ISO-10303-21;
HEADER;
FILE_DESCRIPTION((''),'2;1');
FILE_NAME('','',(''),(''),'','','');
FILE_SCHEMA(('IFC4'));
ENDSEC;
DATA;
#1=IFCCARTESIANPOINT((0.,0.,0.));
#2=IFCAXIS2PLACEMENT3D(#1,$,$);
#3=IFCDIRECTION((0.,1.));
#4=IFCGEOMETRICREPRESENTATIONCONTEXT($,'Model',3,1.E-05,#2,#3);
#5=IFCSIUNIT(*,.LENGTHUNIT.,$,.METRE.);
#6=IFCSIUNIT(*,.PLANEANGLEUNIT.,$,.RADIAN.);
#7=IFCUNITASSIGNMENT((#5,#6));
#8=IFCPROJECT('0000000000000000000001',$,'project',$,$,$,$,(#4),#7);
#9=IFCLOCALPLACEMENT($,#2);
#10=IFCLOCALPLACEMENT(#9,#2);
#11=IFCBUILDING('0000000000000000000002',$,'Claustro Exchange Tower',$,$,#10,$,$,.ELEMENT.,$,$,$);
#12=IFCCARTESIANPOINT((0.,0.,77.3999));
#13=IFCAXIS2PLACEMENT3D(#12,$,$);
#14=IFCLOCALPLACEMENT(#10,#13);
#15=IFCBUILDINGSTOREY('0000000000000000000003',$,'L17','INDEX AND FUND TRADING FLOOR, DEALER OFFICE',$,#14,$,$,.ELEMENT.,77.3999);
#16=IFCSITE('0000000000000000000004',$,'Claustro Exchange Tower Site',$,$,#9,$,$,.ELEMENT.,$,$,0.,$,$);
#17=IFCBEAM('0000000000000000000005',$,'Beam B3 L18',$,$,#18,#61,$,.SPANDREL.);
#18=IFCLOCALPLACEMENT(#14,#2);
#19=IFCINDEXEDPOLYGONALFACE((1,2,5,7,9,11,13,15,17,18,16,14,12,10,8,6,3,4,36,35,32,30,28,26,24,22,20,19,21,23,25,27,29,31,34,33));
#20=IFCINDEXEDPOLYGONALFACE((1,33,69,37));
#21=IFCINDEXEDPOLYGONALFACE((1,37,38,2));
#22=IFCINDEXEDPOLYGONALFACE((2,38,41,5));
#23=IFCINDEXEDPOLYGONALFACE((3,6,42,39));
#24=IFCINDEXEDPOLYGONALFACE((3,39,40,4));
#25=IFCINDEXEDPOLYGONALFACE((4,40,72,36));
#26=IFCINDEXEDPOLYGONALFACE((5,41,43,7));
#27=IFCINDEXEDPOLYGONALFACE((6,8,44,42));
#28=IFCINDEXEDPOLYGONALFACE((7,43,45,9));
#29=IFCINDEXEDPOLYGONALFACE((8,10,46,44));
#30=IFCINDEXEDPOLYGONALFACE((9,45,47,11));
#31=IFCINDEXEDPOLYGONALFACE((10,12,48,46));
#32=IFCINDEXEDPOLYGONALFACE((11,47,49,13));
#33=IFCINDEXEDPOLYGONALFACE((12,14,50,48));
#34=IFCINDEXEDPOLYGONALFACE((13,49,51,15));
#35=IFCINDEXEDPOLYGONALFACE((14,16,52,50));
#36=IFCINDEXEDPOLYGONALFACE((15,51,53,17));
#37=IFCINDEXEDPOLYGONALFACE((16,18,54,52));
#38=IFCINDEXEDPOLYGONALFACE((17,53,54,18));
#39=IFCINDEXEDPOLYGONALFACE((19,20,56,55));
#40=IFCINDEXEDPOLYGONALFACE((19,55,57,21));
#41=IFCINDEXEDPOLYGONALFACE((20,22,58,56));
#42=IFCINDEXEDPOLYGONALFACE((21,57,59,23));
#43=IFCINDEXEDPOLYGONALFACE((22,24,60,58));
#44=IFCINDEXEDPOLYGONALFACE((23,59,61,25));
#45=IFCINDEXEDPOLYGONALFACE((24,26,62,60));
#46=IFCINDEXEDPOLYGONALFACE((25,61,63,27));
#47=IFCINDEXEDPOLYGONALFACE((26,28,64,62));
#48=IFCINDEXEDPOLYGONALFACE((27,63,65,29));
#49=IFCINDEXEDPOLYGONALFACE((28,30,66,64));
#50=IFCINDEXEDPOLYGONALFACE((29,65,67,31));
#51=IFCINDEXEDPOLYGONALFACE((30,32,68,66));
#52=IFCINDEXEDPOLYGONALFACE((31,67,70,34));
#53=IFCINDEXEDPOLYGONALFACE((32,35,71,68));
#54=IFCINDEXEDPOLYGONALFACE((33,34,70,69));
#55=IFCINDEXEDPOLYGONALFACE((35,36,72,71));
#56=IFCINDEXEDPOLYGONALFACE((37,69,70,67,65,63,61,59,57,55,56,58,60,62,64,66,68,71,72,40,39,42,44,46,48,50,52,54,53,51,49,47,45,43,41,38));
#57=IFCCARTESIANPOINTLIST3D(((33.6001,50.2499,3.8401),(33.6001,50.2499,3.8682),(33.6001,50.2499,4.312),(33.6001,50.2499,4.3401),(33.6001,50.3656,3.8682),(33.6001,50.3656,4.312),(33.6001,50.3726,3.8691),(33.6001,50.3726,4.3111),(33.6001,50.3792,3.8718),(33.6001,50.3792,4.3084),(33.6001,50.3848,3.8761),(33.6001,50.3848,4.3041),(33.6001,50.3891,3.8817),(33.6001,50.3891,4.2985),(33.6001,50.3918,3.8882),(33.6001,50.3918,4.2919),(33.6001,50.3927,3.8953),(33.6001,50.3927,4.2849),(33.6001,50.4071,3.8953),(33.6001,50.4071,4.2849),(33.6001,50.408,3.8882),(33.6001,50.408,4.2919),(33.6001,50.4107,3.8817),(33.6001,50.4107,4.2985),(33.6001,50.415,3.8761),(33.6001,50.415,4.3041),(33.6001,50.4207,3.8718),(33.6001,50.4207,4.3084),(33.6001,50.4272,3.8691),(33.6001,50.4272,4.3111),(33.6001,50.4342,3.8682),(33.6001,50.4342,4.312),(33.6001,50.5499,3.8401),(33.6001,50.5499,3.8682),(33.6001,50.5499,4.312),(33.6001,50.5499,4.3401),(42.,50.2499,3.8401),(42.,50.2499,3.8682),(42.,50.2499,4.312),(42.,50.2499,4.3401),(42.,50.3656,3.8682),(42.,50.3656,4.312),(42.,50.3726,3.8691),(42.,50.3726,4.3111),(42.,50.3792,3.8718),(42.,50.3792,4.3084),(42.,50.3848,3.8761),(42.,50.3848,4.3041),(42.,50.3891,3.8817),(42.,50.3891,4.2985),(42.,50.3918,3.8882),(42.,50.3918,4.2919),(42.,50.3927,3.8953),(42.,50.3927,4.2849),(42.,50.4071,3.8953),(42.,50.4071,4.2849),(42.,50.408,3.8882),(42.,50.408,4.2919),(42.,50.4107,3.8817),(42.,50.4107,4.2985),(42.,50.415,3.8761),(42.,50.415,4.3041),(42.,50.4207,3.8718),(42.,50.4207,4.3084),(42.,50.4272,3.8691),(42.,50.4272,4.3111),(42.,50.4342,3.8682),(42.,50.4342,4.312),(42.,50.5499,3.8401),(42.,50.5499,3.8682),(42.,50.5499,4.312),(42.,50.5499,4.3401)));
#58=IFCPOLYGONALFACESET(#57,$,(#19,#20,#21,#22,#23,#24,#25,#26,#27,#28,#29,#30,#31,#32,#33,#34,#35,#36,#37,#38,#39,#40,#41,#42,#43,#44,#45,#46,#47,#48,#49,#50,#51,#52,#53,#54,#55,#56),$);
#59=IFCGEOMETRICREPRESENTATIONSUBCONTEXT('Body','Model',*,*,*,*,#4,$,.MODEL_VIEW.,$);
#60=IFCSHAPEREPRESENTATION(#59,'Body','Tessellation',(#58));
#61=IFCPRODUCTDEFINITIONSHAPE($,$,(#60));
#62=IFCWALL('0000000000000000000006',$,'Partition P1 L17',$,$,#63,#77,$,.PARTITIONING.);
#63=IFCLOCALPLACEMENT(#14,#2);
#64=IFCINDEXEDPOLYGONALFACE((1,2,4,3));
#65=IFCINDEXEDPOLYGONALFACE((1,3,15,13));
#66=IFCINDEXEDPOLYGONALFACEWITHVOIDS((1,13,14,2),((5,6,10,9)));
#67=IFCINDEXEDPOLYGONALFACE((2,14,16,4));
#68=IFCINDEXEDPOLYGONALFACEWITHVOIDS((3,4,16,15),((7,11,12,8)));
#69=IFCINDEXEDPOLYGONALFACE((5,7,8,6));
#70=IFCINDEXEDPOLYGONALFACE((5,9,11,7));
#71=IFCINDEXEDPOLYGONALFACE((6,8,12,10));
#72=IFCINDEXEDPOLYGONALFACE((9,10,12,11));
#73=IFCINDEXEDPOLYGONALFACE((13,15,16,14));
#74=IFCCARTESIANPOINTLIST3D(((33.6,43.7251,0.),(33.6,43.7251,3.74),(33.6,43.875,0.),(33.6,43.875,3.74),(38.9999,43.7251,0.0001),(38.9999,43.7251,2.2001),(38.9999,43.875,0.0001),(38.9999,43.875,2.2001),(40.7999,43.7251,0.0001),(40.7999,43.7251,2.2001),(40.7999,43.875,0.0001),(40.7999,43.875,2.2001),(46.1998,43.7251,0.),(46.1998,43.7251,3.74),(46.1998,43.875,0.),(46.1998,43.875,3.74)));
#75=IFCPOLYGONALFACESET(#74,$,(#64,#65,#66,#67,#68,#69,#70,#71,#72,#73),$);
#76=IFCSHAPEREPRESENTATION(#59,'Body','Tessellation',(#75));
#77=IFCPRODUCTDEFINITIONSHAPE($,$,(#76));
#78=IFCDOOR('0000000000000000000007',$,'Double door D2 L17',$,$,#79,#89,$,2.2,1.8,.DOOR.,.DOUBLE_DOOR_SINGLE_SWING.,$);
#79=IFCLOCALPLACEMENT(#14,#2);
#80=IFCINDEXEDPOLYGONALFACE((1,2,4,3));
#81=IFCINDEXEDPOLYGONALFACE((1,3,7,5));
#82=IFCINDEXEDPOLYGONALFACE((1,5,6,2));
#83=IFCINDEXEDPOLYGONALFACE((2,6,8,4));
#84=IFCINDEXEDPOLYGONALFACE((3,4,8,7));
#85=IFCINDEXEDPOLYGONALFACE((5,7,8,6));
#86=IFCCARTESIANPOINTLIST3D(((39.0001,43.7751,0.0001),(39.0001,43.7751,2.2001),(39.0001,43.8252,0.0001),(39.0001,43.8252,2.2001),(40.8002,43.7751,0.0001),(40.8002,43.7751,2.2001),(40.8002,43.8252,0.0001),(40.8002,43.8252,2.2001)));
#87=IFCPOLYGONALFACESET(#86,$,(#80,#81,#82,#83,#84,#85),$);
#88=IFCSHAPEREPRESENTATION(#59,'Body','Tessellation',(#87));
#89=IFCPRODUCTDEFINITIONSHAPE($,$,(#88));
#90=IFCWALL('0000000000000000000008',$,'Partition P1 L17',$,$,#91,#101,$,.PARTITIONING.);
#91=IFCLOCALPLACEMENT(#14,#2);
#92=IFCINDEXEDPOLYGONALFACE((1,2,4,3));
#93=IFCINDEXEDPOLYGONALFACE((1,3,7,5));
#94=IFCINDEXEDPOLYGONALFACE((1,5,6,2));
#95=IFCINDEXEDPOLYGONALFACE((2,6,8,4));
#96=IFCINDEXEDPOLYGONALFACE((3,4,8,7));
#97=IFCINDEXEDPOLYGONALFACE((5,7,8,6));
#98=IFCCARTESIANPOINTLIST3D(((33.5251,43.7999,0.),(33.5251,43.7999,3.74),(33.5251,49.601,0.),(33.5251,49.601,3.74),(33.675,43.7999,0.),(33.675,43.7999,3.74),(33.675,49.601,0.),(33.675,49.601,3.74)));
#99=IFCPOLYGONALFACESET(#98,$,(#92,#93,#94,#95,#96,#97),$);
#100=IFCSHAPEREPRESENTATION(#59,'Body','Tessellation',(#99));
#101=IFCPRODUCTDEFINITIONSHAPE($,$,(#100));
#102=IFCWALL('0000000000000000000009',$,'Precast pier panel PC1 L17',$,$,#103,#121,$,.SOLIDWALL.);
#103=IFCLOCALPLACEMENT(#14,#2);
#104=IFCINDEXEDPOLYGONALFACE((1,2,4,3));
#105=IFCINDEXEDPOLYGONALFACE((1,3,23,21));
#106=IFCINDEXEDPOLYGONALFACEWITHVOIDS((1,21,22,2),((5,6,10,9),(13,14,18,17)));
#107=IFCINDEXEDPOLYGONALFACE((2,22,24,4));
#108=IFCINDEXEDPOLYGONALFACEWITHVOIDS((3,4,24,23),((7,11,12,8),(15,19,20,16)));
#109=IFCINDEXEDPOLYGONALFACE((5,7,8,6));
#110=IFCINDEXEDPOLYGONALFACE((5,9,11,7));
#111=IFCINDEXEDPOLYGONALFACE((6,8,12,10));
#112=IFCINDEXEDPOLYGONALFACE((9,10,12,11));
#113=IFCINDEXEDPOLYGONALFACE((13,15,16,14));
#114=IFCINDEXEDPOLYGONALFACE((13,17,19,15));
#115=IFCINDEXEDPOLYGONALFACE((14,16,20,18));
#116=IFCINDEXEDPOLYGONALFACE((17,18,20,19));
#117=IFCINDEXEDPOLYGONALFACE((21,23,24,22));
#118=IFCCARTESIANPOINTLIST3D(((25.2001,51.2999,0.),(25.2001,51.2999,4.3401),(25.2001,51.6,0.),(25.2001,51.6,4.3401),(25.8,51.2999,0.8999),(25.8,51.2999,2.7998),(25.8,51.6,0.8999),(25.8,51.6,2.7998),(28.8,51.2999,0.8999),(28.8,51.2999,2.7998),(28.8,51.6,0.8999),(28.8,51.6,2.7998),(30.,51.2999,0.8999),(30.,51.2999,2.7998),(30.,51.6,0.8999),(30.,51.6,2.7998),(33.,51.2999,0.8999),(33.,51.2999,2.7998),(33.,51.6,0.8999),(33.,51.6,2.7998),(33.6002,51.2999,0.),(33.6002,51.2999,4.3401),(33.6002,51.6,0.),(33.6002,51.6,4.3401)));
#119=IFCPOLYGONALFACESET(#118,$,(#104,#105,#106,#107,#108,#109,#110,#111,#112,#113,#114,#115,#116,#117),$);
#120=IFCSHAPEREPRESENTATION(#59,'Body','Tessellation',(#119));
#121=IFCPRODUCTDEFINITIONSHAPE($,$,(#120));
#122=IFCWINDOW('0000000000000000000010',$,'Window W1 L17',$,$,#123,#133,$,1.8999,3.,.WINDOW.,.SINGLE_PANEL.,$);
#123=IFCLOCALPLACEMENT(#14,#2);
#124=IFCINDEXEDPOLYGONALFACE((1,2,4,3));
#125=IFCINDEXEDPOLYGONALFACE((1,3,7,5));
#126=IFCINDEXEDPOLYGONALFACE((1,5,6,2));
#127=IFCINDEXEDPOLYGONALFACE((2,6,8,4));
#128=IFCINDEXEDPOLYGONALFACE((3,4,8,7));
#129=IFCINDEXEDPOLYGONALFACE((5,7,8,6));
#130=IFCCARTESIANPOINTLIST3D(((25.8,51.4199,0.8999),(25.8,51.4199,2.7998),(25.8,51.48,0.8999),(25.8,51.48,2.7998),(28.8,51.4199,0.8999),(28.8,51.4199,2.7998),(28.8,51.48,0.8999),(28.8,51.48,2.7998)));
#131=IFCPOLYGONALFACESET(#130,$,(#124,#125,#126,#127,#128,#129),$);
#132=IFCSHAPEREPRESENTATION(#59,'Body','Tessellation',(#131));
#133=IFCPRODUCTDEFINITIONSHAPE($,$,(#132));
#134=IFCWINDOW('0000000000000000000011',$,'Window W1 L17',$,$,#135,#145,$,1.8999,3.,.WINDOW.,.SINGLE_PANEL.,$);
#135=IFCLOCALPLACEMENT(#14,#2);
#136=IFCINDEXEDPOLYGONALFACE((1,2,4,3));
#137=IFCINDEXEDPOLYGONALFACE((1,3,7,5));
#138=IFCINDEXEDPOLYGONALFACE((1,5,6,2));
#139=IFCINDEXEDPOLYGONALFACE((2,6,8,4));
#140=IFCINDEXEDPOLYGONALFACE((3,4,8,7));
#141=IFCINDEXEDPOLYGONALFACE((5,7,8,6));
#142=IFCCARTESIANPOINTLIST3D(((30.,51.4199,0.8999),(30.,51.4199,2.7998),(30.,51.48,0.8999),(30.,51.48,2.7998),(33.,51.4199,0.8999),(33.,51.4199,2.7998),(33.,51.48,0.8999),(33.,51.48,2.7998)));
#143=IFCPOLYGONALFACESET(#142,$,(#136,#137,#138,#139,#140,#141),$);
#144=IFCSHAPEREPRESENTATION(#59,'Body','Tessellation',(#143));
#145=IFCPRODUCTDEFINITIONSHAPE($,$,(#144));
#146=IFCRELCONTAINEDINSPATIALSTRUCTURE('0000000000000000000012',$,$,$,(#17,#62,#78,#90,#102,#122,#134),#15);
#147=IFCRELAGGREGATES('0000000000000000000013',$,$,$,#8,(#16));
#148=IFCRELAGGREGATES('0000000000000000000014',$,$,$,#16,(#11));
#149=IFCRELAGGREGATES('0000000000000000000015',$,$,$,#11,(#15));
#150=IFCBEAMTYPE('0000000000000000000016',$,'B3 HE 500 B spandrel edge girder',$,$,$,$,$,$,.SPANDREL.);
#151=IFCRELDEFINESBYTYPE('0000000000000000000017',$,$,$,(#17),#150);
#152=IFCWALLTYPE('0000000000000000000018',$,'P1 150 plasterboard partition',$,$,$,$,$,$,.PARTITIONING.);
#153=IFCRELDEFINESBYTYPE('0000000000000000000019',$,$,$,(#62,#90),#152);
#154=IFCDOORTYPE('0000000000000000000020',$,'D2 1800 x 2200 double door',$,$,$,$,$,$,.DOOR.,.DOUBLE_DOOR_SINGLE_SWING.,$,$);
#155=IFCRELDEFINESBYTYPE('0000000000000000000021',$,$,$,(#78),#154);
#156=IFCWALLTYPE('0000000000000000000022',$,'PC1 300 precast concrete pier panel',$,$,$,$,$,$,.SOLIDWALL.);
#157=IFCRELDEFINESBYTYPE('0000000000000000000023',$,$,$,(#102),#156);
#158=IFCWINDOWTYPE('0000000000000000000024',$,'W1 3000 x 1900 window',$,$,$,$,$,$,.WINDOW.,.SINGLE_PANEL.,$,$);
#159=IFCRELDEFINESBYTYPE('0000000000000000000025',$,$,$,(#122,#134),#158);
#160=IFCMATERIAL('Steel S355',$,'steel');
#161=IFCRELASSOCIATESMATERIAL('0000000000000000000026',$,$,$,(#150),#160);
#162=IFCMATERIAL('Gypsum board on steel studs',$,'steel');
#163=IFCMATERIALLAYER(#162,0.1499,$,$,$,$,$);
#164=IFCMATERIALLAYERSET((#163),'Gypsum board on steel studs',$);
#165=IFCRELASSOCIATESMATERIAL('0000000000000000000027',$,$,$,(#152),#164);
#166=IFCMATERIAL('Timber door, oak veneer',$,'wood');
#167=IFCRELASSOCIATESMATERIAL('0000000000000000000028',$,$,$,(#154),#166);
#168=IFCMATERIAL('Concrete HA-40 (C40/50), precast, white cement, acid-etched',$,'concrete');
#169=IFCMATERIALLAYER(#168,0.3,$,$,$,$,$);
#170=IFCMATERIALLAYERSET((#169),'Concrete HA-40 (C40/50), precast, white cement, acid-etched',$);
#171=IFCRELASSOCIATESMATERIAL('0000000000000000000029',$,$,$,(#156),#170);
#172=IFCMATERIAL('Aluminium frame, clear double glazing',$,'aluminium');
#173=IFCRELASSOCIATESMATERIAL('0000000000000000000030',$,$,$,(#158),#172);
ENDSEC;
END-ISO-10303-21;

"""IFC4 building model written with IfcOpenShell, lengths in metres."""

from ifc_helpers import new_model, si_unit, direction, frame, frame_2d, origin, origin_2d, place, context, subcontext, project, spatial, rectangle, i_section, extrude, material, layer, layer_set, material_profile, profile_set, type_object, element, fill, save


model = new_model("IFC4")

# Units and contexts
model_context = context("Model", 3, precision=1e-05, world=origin(), true_north=direction((0.0, 1.0)))
body_context = subcontext(model_context, "Body", "Model", "MODEL_VIEW")
ifc_project = project(units=[si_unit("LENGTHUNIT", "METRE"), si_unit("PLANEANGLEUNIT", "RADIAN")], contexts=[model_context])

# Site, building, storey
site_placement = place(None, origin())
site = spatial("IfcSite", under=ifc_project, at=site_placement, Name="Claustro Exchange Tower Site", CompositionType="ELEMENT", RefElevation=0.0)
building_placement = place(site_placement, origin())
building = spatial("IfcBuilding", under=site, at=building_placement, Name="Claustro Exchange Tower", CompositionType="ELEMENT")
storey_placement = place(building_placement, frame((0.0, 0.0, 77.3999)))
storey = spatial("IfcBuildingStorey", under=building, at=storey_placement, Name="L17", Description="INDEX AND FUND TRADING FLOOR, DEALER OFFICE", CompositionType="ELEMENT", Elevation=77.3999)

# Beam
ifc_material_1 = material(Name="Steel S355", Category="steel")
ifc_material_profile_1 = material_profile(ifc_material_1, i_section(OverallWidth=0.3, OverallDepth=0.5, WebThickness=0.0144, FlangeThickness=0.0281, FilletRadius=0.0271, at=origin_2d()), Name="HE 500 B")
ifc_profile_set_1 = profile_set([ifc_material_profile_1], Name="Steel S355")
beam_type_1 = type_object("IfcBeamType", Name="B3 HE 500 B spandrel edge girder", PredefinedType="SPANDREL", material=ifc_profile_set_1)
beam_1_placement = place(storey_placement, frame((33.6001, 50.3999, 4.0901), z_axis=(1.0, 0.0, 0.0), x_axis=(0.0, 1.0, 0.0)))
element("IfcBeam", 1, at=beam_1_placement, inside=storey, type_object=beam_type_1, Name="Beam B3 L18", PredefinedType="SPANDREL", context=body_context, shape_type="SweptSolid", body=[
    extrude(i_section(OverallWidth=0.3, OverallDepth=0.5, WebThickness=0.0144, FlangeThickness=0.0281, FilletRadius=0.0271, at=origin_2d()), origin(), (0.0, 0.0, 1.0), 8.3999),
])

# Wall, opening, door
ifc_material_2 = material(Name="Gypsum board on steel studs", Category="steel")
ifc_layer_1 = layer(ifc_material_2, 0.1499)
ifc_layer_set_1 = layer_set([ifc_layer_1], Name="Gypsum board on steel studs")
wall_type_1 = type_object("IfcWallType", Name="P1 150 plasterboard partition", PredefinedType="PARTITIONING", material=ifc_layer_set_1)
wall_1_placement = place(storey_placement, frame((33.6001, 43.8, 0.0), z_axis=(0.0, 0.0, 1.0), x_axis=(1.0, 0.0, 0.0)))
wall_1 = element("IfcWall", 2, at=wall_1_placement, inside=storey, type_object=wall_type_1, Name="Partition P1 L17", PredefinedType="PARTITIONING", context=body_context, shape_type="SweptSolid", body=[
    extrude(rectangle(XDim=12.5999, YDim=0.1499, at=frame_2d((6.2998, 0.0))), origin(), (0.0, 0.0, 1.0), 3.74),
])
opening_1_placement = place(wall_1_placement, frame((5.3999, 0.0, 0.0)))
opening_1 = element("IfcOpeningElement", 3, at=opening_1_placement, cuts=wall_1, PredefinedType="OPENING", context=body_context, shape_type="SweptSolid", body=[
    extrude(rectangle(XDim=1.8, YDim=2.2, at=frame_2d((0.8999, 1.1001))), frame((0.0, 0.085, 0.0), z_axis=(0.0, -1.0, 0.0), x_axis=(1.0, 0.0, 0.0)), (0.0, 0.0, 1.0), 0.1699),
])
ifc_material_3 = material(Name="Timber door, oak veneer", Category="wood")
door_type = type_object("IfcDoorType", Name="D2 1800 x 2200 double door", OperationType="DOUBLE_DOOR_SINGLE_SWING", PredefinedType="DOOR", material=ifc_material_3)
door_placement = place(opening_1_placement, frame((1.8, 0.0, 0.0), z_axis=(0.0, 0.0, 1.0), x_axis=(-1.0, 0.0, 0.0)))
door = element("IfcDoor", 4, at=door_placement, inside=storey, type_object=door_type, Name="Double door D2 L17", OperationType="DOUBLE_DOOR_SINGLE_SWING", OverallHeight=2.2, OverallWidth=1.8, PredefinedType="DOOR", context=body_context, shape_type="SweptSolid", body=[
    extrude(rectangle(XDim=1.8, YDim=2.2, at=frame_2d((0.8999, 1.1001))), frame((0.0, 0.0249, 0.0), z_axis=(0.0, -1.0, 0.0), x_axis=(1.0, 0.0, 0.0)), (0.0, 0.0, 1.0), 0.05),
])
fill(opening_1, door)

# Wall
wall_2_placement = place(storey_placement, frame((33.6001, 43.8, 0.0), z_axis=(0.0, 0.0, 1.0), x_axis=(0.0, 1.0, 0.0)))
element("IfcWall", 5, at=wall_2_placement, inside=storey, type_object=wall_type_1, Name="Partition P1 L17", PredefinedType="PARTITIONING", context=body_context, shape_type="SweptSolid", body=[
    extrude(rectangle(XDim=5.801, YDim=0.1499, at=frame_2d((2.9004, 0.0))), origin(), (0.0, 0.0, 1.0), 3.74),
])

# Wall, openings, windows
ifc_material_4 = material(Name="Concrete HA-40 (C40/50), precast, white cement, acid-etched", Category="concrete")
ifc_layer_2 = layer(ifc_material_4, 0.3)
ifc_layer_set_2 = layer_set([ifc_layer_2], Name="Concrete HA-40 (C40/50), precast, white cement, acid-etched")
wall_type_2 = type_object("IfcWallType", Name="PC1 300 precast concrete pier panel", PredefinedType="SOLIDWALL", material=ifc_layer_set_2)
wall_3_placement = place(storey_placement, frame((25.2, 51.45, 0.0), z_axis=(0.0, 0.0, 1.0), x_axis=(1.0, 0.0, 0.0)))
wall_3 = element("IfcWall", 6, at=wall_3_placement, inside=storey, type_object=wall_type_2, Name="Precast pier panel PC1 L17", PredefinedType="SOLIDWALL", context=body_context, shape_type="SweptSolid", body=[
    extrude(rectangle(XDim=8.4001, YDim=0.3, at=frame_2d((4.2002, 0.0))), origin(), (0.0, 0.0, 1.0), 4.3401),
])
opening_2_placement = place(wall_3_placement, frame((0.6001, 0.0, 0.8999)))
opening_2 = element("IfcOpeningElement", 7, at=opening_2_placement, cuts=wall_3, PredefinedType="OPENING", context=body_context, shape_type="SweptSolid", body=[
    extrude(rectangle(XDim=3.0, YDim=1.8999, at=frame_2d((1.5, 0.95))), frame((0.0, 0.1599, 0.0), z_axis=(0.0, -1.0, 0.0), x_axis=(1.0, 0.0, 0.0)), (0.0, 0.0, 1.0), 0.3201),
])
opening_3_placement = place(wall_3_placement, frame((4.8, 0.0, 0.8999)))
opening_3 = element("IfcOpeningElement", 8, at=opening_3_placement, cuts=wall_3, PredefinedType="OPENING", context=body_context, shape_type="SweptSolid", body=[
    extrude(rectangle(XDim=3.0, YDim=1.8999, at=frame_2d((1.5, 0.95))), frame((0.0, 0.1599, 0.0), z_axis=(0.0, -1.0, 0.0), x_axis=(1.0, 0.0, 0.0)), (0.0, 0.0, 1.0), 0.3201),
])
ifc_material_5 = material(Name="Aluminium frame, clear double glazing", Category="aluminium")
window_type = type_object("IfcWindowType", Name="W1 3000 x 1900 window", PartitioningType="SINGLE_PANEL", PredefinedType="WINDOW", material=ifc_material_5)
window_1_placement = place(opening_2_placement, origin())
window_1 = element("IfcWindow", 9, at=window_1_placement, inside=storey, type_object=window_type, Name="Window W1 L17", OverallHeight=1.8999, OverallWidth=3.0, PartitioningType="SINGLE_PANEL", PredefinedType="WINDOW", context=body_context, shape_type="SweptSolid", body=[
    extrude(rectangle(XDim=3.0, YDim=1.8999, at=frame_2d((1.5, 0.95))), frame((0.0, 0.03, 0.0), z_axis=(0.0, -1.0, 0.0), x_axis=(1.0, 0.0, 0.0)), (0.0, 0.0, 1.0), 0.0601),
])
fill(opening_2, window_1)
window_2_placement = place(opening_3_placement, origin())
window_2 = element("IfcWindow", 10, at=window_2_placement, inside=storey, type_object=window_type, Name="Window W1 L17", OverallHeight=1.8999, OverallWidth=3.0, PartitioningType="SINGLE_PANEL", PredefinedType="WINDOW", context=body_context, shape_type="SweptSolid", body=[
    extrude(rectangle(XDim=3.0, YDim=1.8999, at=frame_2d((1.5, 0.95))), frame((0.0, 0.03, 0.0), z_axis=(0.0, -1.0, 0.0), x_axis=(1.0, 0.0, 0.0)), (0.0, 0.0, 1.0), 0.0601),
])
fill(opening_3, window_2)

save(model, "model.ifc")
